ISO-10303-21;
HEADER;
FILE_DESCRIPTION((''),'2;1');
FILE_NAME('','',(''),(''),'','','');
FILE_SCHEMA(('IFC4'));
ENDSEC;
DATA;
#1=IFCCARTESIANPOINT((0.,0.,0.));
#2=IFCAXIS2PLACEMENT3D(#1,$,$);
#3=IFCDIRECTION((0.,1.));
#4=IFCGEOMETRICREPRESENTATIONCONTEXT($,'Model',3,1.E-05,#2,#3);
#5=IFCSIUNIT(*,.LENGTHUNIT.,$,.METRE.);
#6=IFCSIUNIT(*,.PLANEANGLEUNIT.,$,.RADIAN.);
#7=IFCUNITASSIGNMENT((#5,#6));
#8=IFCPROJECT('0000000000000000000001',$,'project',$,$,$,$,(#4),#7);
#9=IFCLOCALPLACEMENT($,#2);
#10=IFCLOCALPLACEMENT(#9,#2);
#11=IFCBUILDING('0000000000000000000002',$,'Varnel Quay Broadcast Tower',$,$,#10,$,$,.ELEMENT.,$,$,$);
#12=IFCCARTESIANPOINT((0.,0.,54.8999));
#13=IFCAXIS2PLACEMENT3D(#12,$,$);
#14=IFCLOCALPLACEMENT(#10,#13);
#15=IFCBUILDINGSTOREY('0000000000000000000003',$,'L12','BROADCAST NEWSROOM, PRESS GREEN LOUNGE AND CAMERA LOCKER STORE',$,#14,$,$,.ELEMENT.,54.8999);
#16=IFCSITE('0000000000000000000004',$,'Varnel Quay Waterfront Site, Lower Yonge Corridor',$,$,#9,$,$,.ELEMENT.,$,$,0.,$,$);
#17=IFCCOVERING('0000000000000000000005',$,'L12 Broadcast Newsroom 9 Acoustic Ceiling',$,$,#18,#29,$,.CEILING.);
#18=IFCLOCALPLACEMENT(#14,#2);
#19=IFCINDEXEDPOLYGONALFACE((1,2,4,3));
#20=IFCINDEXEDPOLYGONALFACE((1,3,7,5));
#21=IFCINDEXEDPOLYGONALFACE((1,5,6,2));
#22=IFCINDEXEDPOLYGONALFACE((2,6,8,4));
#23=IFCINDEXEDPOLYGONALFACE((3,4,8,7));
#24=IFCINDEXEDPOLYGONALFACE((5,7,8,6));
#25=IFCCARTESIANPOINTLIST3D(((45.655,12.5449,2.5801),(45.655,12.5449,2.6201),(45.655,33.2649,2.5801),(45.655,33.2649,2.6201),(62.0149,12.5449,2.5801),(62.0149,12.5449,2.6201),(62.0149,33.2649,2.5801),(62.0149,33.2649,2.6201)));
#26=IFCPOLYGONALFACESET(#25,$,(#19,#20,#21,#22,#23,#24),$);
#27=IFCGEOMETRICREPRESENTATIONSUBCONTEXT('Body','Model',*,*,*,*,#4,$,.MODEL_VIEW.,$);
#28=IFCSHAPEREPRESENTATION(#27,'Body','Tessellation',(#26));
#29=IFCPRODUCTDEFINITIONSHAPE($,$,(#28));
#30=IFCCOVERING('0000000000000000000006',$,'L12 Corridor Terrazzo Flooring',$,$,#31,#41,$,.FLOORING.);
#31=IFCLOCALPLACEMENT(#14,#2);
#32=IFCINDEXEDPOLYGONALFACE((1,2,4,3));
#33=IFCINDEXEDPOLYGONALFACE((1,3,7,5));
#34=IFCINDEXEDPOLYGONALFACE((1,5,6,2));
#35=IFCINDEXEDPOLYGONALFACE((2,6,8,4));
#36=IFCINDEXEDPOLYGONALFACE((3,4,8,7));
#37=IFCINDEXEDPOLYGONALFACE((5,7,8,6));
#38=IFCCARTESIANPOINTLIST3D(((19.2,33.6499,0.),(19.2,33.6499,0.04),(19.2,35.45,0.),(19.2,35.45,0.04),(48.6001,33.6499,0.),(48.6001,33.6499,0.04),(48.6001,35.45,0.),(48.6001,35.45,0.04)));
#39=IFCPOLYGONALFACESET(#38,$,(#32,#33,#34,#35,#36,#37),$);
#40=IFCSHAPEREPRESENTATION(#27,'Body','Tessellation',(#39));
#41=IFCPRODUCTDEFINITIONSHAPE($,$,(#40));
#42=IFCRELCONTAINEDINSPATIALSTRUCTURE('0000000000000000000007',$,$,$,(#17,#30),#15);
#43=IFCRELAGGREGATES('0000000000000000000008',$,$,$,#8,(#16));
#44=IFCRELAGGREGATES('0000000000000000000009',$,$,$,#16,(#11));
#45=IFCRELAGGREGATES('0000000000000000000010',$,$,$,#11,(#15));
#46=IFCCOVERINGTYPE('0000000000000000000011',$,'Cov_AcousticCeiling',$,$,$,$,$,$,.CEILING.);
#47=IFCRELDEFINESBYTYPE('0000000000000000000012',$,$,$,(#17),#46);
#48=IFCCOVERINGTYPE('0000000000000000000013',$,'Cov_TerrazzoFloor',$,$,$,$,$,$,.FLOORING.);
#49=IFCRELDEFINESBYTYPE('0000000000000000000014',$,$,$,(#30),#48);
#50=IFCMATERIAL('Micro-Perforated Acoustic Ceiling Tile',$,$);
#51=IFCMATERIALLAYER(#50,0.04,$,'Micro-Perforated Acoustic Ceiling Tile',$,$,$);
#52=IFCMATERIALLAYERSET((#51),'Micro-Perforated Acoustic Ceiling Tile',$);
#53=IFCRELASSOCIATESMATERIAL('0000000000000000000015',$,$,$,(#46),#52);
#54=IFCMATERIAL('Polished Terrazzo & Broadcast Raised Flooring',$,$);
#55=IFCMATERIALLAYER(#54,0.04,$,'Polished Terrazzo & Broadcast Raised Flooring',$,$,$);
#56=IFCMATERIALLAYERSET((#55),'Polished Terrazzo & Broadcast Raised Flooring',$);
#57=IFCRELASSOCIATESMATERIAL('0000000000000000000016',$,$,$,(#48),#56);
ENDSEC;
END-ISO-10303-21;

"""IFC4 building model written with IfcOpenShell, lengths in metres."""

from ifc_helpers import new_model, si_unit, direction, frame, origin, place, context, subcontext, project, spatial, polyline, outline, extrude, material, layer, layer_set, type_object, element, save


model = new_model("IFC4")

# Units and contexts
model_context = context("Model", 3, precision=1e-05, world=origin(), true_north=direction((0.0, 1.0)))
body_context = subcontext(model_context, "Body", "Model", "MODEL_VIEW")
ifc_project = project(units=[si_unit("LENGTHUNIT", "METRE"), si_unit("PLANEANGLEUNIT", "RADIAN")], contexts=[model_context])

# Site, building, storey
site_placement = place(None, origin())
site = spatial("IfcSite", under=ifc_project, at=site_placement, Name="Varnel Quay Waterfront Site, Lower Yonge Corridor", CompositionType="ELEMENT", RefElevation=0.0)
building_placement = place(site_placement, origin())
building = spatial("IfcBuilding", under=site, at=building_placement, Name="Varnel Quay Broadcast Tower", CompositionType="ELEMENT")
storey_placement = place(building_placement, frame((0.0, 0.0, 54.8999)))
storey = spatial("IfcBuildingStorey", under=building, at=storey_placement, Name="L12", Description="BROADCAST NEWSROOM, PRESS GREEN LOUNGE AND CAMERA LOCKER STORE", CompositionType="ELEMENT", Elevation=54.8999)

# Coverings
ifc_material_1 = material(Name="Micro-Perforated Acoustic Ceiling Tile")
ifc_layer_1 = layer(ifc_material_1, 0.04, Name="Micro-Perforated Acoustic Ceiling Tile")
ifc_layer_set_1 = layer_set([ifc_layer_1], Name="Micro-Perforated Acoustic Ceiling Tile")
covering_type_1 = type_object("IfcCoveringType", Name="Cov_AcousticCeiling", PredefinedType="CEILING", material=ifc_layer_set_1)
covering_1_placement = place(storey_placement, frame((0.0, 0.0, 2.5801)))
element("IfcCovering", 1, at=covering_1_placement, inside=storey, type_object=covering_type_1, Name="L12 Broadcast Newsroom 9 Acoustic Ceiling", PredefinedType="CEILING", context=body_context, shape_type="SweptSolid", body=[
    extrude(outline(polyline([(45.655, 12.5449), (62.0149, 12.5449), (62.0149, 33.2649), (45.655, 33.2649), (45.655, 12.5449)])), origin(), (0.0, 0.0, 1.0), 0.04),
])
ifc_material_2 = material(Name="Polished Terrazzo & Broadcast Raised Flooring")
ifc_layer_2 = layer(ifc_material_2, 0.04, Name="Polished Terrazzo & Broadcast Raised Flooring")
ifc_layer_set_2 = layer_set([ifc_layer_2], Name="Polished Terrazzo & Broadcast Raised Flooring")
covering_type_2 = type_object("IfcCoveringType", Name="Cov_TerrazzoFloor", PredefinedType="FLOORING", material=ifc_layer_set_2)
covering_2_placement = place(storey_placement, origin())
element("IfcCovering", 2, at=covering_2_placement, inside=storey, type_object=covering_type_2, Name="L12 Corridor Terrazzo Flooring", PredefinedType="FLOORING", context=body_context, shape_type="SweptSolid", body=[
    extrude(outline(polyline([(19.2, 33.6499), (48.6001, 33.6499), (48.6001, 35.45), (19.2, 35.45), (19.2, 33.6499)])), origin(), (0.0, 0.0, 1.0), 0.04),
])

save(model, "model.ifc")
